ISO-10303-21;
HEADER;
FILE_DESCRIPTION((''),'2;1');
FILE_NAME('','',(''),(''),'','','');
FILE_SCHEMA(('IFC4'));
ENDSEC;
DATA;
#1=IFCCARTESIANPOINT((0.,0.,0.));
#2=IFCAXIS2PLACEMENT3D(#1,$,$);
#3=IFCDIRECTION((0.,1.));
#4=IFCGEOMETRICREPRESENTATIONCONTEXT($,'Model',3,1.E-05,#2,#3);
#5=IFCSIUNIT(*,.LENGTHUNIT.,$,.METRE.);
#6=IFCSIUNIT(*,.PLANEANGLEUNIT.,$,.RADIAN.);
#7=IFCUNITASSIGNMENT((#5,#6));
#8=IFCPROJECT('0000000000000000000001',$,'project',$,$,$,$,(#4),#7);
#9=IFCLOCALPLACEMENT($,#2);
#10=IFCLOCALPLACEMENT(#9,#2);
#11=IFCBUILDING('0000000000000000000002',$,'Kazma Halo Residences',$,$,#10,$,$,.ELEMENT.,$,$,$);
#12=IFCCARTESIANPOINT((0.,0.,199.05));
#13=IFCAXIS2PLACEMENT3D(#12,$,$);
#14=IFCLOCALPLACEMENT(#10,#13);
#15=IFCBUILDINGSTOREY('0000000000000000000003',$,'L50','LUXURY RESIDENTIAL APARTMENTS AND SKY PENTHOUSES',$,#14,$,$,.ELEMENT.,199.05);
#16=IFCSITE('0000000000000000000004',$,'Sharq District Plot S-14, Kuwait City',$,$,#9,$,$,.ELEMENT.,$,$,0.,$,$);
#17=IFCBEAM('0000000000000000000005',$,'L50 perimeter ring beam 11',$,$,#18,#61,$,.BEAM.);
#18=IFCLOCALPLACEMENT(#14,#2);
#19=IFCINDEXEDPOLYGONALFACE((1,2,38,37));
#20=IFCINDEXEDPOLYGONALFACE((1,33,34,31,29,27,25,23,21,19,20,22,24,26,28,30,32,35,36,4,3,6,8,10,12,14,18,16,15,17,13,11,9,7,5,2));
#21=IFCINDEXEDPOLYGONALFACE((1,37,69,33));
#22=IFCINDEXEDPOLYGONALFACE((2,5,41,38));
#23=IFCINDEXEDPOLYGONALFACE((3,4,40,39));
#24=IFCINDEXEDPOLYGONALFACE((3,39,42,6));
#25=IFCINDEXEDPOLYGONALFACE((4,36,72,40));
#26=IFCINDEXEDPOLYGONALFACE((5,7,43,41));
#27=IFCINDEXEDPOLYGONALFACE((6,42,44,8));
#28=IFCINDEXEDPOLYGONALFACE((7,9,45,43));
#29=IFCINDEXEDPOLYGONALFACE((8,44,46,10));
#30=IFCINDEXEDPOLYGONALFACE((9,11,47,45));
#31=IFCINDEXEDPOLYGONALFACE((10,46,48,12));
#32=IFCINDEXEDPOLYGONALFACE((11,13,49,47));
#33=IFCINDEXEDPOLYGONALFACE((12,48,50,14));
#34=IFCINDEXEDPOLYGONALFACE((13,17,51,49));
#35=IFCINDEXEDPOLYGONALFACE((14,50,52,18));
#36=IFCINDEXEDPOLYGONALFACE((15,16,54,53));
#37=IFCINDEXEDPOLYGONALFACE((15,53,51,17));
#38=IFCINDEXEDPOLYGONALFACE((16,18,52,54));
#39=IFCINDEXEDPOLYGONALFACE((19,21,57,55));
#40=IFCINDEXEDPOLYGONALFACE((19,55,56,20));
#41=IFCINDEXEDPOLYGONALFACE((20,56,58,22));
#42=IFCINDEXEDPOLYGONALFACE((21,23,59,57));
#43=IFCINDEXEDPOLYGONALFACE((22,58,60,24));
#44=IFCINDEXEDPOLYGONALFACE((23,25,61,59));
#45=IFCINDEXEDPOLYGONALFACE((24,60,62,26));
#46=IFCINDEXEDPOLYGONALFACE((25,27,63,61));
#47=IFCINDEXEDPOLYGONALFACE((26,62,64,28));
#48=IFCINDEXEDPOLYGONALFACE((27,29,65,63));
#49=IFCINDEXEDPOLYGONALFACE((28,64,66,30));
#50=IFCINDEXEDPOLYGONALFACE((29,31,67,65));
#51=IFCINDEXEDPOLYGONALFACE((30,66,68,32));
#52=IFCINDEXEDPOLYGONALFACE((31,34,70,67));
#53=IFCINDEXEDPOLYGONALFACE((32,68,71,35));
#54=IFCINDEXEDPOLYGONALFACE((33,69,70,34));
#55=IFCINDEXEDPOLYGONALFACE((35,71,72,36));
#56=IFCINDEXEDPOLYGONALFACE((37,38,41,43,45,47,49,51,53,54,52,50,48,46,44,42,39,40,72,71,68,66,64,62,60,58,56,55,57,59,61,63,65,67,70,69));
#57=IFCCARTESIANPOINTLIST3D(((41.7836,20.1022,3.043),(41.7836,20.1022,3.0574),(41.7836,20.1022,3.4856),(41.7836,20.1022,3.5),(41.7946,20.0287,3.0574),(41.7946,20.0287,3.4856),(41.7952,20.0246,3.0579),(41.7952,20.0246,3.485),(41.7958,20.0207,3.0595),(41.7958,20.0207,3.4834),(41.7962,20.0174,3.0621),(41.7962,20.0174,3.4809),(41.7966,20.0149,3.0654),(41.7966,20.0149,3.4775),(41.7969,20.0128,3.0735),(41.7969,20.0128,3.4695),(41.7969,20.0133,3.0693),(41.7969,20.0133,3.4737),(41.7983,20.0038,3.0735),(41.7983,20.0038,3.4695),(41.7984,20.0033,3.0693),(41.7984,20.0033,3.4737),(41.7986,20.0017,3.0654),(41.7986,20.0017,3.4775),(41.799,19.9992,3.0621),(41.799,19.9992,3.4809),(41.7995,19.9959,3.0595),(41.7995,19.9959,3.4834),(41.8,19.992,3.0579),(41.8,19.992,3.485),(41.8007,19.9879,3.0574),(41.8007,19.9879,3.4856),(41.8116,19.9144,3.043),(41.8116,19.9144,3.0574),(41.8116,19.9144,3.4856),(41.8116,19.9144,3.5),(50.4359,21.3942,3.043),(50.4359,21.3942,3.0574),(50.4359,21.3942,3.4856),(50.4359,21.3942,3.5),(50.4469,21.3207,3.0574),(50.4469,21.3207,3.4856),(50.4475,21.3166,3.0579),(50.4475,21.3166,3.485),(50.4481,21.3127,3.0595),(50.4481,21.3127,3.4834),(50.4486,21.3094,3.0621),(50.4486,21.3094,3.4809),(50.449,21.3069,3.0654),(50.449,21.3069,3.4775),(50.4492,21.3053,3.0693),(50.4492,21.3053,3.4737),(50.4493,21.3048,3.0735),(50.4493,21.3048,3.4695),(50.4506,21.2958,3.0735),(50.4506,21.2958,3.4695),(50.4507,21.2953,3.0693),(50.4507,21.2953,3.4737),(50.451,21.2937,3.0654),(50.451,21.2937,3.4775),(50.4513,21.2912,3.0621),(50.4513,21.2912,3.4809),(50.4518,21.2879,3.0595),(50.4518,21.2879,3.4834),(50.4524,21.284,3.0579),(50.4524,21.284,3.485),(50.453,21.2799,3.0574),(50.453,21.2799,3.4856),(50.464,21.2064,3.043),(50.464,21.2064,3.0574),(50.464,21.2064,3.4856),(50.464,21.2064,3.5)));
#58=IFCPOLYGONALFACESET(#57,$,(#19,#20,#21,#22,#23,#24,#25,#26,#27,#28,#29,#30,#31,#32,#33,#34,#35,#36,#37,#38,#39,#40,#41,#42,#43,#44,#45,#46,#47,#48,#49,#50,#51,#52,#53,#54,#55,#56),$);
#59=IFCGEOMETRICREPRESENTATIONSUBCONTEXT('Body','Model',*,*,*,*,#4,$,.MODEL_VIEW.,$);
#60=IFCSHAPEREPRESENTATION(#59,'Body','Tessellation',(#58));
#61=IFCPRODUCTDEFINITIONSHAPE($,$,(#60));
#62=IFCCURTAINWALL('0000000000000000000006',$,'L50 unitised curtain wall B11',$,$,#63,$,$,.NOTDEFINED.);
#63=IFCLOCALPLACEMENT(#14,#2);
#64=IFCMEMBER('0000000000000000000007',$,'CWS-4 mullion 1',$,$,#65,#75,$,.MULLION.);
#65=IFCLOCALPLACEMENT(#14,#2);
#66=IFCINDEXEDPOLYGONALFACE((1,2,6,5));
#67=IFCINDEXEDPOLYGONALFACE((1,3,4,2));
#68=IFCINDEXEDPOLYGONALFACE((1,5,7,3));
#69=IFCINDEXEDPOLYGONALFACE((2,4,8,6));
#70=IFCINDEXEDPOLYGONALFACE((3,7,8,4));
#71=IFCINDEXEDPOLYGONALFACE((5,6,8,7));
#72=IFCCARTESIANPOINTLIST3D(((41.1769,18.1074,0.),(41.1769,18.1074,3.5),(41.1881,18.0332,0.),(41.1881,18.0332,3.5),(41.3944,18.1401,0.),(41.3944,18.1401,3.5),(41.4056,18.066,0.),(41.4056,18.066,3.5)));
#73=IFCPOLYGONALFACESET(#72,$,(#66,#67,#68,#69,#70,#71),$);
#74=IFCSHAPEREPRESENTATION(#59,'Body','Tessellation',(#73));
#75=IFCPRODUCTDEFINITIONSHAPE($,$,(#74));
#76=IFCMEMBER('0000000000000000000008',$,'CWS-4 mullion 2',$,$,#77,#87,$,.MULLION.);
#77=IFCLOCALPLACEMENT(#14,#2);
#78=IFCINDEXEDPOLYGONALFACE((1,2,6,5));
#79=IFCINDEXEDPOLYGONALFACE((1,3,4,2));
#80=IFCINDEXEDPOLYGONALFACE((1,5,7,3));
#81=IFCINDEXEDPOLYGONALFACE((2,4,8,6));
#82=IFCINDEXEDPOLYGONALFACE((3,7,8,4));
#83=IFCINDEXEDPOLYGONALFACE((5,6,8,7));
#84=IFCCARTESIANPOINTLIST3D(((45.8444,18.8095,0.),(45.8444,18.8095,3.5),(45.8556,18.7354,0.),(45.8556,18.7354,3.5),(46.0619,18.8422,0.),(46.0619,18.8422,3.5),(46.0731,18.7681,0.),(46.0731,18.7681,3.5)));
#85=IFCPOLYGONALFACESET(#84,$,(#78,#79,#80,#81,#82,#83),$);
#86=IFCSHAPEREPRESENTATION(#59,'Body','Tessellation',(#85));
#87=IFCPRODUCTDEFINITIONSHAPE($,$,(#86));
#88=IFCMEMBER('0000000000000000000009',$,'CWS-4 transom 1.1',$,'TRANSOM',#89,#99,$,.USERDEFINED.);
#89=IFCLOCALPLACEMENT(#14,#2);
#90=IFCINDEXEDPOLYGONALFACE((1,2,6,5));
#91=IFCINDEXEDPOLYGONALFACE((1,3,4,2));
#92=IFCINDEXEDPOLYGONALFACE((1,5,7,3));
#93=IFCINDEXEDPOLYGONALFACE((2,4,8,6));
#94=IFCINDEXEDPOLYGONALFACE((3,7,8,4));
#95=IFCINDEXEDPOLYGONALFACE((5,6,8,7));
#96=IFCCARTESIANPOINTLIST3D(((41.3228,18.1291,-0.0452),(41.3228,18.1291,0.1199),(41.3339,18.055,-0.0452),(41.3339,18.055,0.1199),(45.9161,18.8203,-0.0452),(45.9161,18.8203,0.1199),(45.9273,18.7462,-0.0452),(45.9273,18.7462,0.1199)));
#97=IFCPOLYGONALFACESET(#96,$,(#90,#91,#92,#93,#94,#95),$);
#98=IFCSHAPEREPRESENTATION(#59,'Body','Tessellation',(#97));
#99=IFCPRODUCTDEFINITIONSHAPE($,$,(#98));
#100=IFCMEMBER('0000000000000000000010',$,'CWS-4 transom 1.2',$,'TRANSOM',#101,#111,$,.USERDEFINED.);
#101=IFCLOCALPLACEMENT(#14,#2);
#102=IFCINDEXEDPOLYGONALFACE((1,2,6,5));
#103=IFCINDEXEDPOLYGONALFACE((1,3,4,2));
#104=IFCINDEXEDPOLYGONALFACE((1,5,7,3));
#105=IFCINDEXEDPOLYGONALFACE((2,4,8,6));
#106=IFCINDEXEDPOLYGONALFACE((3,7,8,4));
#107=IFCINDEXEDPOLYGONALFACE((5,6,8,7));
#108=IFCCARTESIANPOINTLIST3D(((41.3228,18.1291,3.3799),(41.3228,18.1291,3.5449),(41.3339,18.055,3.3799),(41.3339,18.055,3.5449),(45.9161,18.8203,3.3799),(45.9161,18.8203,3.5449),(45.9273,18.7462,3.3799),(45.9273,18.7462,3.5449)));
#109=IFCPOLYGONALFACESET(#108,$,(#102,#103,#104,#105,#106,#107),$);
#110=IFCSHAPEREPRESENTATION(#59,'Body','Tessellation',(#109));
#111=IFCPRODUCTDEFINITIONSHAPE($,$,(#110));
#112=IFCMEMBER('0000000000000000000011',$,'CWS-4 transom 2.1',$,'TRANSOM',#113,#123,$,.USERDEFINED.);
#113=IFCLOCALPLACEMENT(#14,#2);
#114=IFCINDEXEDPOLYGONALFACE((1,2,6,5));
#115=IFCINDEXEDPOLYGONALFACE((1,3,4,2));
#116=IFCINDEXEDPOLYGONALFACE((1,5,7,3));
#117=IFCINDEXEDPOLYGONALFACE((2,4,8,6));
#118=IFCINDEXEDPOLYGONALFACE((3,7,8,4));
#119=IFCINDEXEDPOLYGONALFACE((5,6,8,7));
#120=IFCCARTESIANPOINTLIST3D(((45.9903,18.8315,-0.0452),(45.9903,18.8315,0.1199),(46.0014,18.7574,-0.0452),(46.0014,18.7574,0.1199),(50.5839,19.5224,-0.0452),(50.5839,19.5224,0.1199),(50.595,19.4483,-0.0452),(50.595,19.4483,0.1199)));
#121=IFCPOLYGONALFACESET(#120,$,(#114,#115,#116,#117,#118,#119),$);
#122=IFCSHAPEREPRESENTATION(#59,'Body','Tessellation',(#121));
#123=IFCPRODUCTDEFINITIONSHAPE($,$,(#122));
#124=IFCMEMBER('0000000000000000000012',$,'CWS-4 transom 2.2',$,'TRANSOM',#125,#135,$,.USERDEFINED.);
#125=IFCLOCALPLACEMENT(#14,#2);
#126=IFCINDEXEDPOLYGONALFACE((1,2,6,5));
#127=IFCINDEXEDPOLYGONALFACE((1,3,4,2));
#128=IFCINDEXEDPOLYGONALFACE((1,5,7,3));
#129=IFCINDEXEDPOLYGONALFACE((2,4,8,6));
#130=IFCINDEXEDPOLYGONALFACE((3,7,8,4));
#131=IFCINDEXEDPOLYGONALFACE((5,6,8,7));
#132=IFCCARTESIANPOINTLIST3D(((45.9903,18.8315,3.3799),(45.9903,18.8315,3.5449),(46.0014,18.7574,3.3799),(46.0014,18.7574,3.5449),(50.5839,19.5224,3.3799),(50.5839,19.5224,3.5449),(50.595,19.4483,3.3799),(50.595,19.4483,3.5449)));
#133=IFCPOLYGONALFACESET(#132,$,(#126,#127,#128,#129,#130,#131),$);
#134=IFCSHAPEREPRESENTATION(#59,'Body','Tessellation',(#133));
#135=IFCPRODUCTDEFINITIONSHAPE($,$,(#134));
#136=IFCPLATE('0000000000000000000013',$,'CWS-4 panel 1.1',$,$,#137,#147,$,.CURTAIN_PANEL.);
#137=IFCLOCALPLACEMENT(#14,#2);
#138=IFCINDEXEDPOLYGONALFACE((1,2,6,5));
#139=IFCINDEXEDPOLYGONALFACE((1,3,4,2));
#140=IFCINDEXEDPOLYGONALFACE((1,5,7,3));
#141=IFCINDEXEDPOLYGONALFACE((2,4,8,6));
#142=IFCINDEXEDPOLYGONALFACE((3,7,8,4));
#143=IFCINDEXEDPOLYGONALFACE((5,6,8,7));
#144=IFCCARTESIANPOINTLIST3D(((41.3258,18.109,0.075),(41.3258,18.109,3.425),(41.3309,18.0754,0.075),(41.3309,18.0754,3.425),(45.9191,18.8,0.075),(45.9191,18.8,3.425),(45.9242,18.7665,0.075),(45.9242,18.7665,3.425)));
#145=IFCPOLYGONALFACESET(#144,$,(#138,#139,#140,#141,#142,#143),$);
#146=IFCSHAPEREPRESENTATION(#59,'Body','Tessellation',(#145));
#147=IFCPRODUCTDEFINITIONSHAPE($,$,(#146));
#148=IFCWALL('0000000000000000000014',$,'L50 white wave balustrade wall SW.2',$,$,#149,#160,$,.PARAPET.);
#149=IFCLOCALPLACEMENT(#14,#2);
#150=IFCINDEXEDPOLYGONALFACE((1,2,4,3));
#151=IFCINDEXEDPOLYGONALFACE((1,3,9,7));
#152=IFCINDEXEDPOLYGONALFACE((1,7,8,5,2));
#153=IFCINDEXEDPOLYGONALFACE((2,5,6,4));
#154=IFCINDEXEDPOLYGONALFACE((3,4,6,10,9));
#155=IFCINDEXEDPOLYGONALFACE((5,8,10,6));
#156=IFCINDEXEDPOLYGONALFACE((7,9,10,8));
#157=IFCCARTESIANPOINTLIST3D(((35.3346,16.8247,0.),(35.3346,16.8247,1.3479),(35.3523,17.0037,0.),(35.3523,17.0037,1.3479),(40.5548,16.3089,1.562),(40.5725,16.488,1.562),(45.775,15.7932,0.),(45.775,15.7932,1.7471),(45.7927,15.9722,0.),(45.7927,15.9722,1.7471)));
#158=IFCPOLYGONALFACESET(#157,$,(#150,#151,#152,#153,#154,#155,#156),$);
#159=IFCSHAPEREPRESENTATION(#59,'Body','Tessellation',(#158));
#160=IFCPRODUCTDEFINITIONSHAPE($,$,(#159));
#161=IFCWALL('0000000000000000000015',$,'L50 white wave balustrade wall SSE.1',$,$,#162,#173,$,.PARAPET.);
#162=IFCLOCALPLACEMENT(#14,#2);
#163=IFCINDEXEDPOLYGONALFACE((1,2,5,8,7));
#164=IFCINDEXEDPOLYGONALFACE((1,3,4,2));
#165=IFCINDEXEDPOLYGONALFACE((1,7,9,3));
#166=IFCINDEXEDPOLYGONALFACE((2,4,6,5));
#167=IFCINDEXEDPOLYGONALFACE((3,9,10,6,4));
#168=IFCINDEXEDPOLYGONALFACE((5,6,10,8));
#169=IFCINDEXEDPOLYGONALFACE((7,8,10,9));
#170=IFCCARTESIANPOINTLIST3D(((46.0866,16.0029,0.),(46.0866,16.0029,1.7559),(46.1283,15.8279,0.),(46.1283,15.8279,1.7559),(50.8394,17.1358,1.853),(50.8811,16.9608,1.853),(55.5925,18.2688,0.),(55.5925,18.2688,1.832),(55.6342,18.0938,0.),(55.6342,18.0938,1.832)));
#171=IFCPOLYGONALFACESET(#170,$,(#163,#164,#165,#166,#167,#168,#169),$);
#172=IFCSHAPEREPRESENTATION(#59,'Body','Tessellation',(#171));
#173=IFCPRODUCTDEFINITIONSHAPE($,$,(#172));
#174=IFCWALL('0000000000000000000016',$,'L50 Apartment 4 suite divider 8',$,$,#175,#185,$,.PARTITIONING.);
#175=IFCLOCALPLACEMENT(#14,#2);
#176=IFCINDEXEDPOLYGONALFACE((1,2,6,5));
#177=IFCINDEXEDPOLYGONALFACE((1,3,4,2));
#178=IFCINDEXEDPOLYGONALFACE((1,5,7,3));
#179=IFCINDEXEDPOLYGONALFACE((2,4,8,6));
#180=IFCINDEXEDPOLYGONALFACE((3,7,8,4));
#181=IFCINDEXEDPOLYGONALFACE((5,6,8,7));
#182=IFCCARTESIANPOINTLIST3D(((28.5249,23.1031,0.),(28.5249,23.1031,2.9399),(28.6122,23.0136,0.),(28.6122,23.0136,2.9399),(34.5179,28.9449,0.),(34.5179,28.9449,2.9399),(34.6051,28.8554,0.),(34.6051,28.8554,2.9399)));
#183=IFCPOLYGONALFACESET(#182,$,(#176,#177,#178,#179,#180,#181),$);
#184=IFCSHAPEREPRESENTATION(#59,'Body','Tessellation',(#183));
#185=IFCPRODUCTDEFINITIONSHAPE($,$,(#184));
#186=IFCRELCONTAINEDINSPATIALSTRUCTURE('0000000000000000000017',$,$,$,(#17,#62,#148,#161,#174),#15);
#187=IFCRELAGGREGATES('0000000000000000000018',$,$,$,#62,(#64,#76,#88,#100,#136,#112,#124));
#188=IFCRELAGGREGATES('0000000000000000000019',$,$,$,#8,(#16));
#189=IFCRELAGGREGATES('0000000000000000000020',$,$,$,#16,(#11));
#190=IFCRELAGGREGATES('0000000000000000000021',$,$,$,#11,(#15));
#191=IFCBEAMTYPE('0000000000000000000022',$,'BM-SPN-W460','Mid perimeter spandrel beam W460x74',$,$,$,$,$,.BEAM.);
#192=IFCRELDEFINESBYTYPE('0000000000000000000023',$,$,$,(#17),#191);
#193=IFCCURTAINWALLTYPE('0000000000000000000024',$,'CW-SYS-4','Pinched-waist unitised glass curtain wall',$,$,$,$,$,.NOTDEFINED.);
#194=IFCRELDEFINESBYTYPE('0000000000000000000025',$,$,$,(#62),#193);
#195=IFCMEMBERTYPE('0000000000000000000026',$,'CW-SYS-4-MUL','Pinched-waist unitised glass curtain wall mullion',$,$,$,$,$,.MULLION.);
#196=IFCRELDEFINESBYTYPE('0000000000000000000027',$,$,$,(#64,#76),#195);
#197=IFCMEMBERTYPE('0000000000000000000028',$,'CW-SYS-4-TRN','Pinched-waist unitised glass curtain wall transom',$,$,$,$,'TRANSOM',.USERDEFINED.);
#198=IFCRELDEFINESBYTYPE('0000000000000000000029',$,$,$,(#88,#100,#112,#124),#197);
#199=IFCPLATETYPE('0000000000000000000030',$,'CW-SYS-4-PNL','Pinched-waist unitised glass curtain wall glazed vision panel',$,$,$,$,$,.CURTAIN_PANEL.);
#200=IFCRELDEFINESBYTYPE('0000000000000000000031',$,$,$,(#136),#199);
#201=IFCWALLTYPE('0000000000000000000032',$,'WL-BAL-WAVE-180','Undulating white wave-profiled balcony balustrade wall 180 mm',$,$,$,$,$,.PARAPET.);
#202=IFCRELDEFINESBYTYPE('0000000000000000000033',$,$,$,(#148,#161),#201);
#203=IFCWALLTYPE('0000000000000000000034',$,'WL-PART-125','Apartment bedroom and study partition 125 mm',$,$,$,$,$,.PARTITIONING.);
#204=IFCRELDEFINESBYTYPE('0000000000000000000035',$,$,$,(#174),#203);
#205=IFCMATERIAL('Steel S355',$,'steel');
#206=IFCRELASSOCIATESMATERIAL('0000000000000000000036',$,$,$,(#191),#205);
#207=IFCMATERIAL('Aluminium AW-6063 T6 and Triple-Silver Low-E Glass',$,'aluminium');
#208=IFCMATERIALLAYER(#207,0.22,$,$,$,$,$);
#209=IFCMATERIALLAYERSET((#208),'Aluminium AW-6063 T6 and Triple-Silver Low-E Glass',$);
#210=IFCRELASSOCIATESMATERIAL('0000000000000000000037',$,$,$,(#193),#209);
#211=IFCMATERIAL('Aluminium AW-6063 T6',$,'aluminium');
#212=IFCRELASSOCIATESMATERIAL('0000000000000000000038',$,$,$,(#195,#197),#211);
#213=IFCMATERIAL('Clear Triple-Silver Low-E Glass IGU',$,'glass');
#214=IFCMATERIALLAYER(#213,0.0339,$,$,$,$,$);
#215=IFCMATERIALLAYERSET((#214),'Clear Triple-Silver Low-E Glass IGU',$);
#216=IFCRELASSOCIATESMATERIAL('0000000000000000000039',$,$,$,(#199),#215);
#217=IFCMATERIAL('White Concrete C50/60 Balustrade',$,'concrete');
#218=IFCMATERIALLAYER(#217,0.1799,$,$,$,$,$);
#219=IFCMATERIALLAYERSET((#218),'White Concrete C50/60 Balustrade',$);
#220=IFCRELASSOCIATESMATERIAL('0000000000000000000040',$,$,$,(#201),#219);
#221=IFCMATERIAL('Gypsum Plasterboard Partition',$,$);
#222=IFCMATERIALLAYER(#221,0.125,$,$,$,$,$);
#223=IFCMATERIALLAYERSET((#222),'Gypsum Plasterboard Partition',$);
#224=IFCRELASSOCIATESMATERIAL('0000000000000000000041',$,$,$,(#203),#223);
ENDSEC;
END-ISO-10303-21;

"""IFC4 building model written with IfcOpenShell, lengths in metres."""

from ifc_helpers import new_model, si_unit, direction, frame, frame_2d, origin, origin_2d, place, context, subcontext, project, spatial, polyline, rectangle, i_section, outline, extrude, material, layer, layer_set, material_profile, profile_set, type_object, element, aggregate, save


model = new_model("IFC4")

# Units and contexts
model_context = context("Model", 3, precision=1e-05, world=origin(), true_north=direction((0.0, 1.0)))
body_context = subcontext(model_context, "Body", "Model", "MODEL_VIEW")
ifc_project = project(units=[si_unit("LENGTHUNIT", "METRE"), si_unit("PLANEANGLEUNIT", "RADIAN")], contexts=[model_context])

# Site, building, storey
site_placement = place(None, origin())
site = spatial("IfcSite", under=ifc_project, at=site_placement, Name="Sharq District Plot S-14, Kuwait City", CompositionType="ELEMENT", RefElevation=0.0)
building_placement = place(site_placement, origin())
building = spatial("IfcBuilding", under=site, at=building_placement, Name="Kazma Halo Residences", CompositionType="ELEMENT")
storey_placement = place(building_placement, frame((0.0, 0.0, 199.05)))
storey = spatial("IfcBuildingStorey", under=building, at=storey_placement, Name="L50", Description="LUXURY RESIDENTIAL APARTMENTS AND SKY PENTHOUSES", CompositionType="ELEMENT", Elevation=199.05)

# Beam
ifc_material_1 = material(Name="Steel S355", Category="steel")
ifc_material_profile_1 = material_profile(ifc_material_1, i_section(OverallWidth=0.1899, OverallDepth=0.457, WebThickness=0.009, FlangeThickness=0.0144, FilletRadius=0.0161, at=origin_2d()), Name="W460x74")
ifc_profile_set_1 = profile_set([ifc_material_profile_1], Name="Steel S355")
beam_type_1 = type_object("IfcBeamType", Name="BM-SPN-W460", Description="Mid perimeter spandrel beam W460x74", PredefinedType="BEAM", material=ifc_profile_set_1)
beam_1_placement = place(storey_placement, frame((41.7976, 20.0083, 3.2715), z_axis=(0.989034, 0.147685, 0.0), x_axis=(-0.147685, 0.989034, 0.0)))
element("IfcBeam", 1, at=beam_1_placement, inside=storey, type_object=beam_type_1, Name="L50 perimeter ring beam 11", PredefinedType="BEAM", context=body_context, shape_type="SweptSolid", body=[
    extrude(i_section(OverallWidth=0.1899, OverallDepth=0.457, WebThickness=0.009, FlangeThickness=0.0144, FilletRadius=0.0161, at=origin_2d()), origin(), (0.0, 0.0, 1.0), 8.7483),
])

# Curtain wall, members, plate
ifc_material_2 = material(Name="Aluminium AW-6063 T6 and Triple-Silver Low-E Glass", Category="aluminium")
ifc_layer_1 = layer(ifc_material_2, 0.22)
ifc_layer_set_1 = layer_set([ifc_layer_1], Name="Aluminium AW-6063 T6 and Triple-Silver Low-E Glass")
curtain_wall_type = type_object("IfcCurtainWallType", Name="CW-SYS-4", Description="Pinched-waist unitised glass curtain wall", PredefinedType="NOTDEFINED", material=ifc_layer_set_1)
curtain_wall_placement = place(storey_placement, origin())
curtain_wall = element("IfcCurtainWall", 2, at=curtain_wall_placement, inside=storey, type_object=curtain_wall_type, Name="L50 unitised curtain wall B11", PredefinedType="NOTDEFINED")
ifc_material_3 = material(Name="Aluminium AW-6063 T6", Category="aluminium")
ifc_material_profile_2 = material_profile(ifc_material_3, rectangle(XDim=0.075, YDim=0.22, at=origin_2d()), Name="CWM-75x220")
ifc_profile_set_2 = profile_set([ifc_material_profile_2], Name="Aluminium AW-6063 T6")
member_type_1 = type_object("IfcMemberType", Name="CW-SYS-4-MUL", Description="Pinched-waist unitised glass curtain wall mullion", PredefinedType="MULLION", material=ifc_profile_set_2)
member_1_placement = place(storey_placement, frame((41.2913, 18.0867, 0.0), z_axis=(0.0, 0.0, 1.0), x_axis=(-0.148773, 0.988871, 0.0)))
member_1 = element("IfcMember", 3, at=member_1_placement, type_object=member_type_1, Name="CWS-4 mullion 1", PredefinedType="MULLION", context=body_context, shape_type="SweptSolid", body=[
    extrude(rectangle(XDim=0.075, YDim=0.22, at=origin_2d()), origin(), (0.0, 0.0, 1.0), 3.5),
])
member_2_placement = place(storey_placement, frame((45.9587, 18.7888, 0.0), z_axis=(0.0, 0.0, 1.0), x_axis=(-0.148773, 0.988871, 0.0)))
member_2 = element("IfcMember", 4, at=member_2_placement, type_object=member_type_1, Name="CWS-4 mullion 2", PredefinedType="MULLION", context=body_context, shape_type="SweptSolid", body=[
    extrude(rectangle(XDim=0.075, YDim=0.22, at=origin_2d()), origin(), (0.0, 0.0, 1.0), 3.5),
])
ifc_material_profile_3 = material_profile(ifc_material_3, rectangle(XDim=0.075, YDim=0.165, at=origin_2d()), Name="CWT-75x165")
ifc_profile_set_3 = profile_set([ifc_material_profile_3], Name="Aluminium AW-6063 T6")
member_type_2 = type_object("IfcMemberType", Name="CW-SYS-4-TRN", Description="Pinched-waist unitised glass curtain wall transom", ElementType="TRANSOM", PredefinedType="USERDEFINED", material=ifc_profile_set_3)
member_3_placement = place(storey_placement, frame((41.3284, 18.092, 0.0374), z_axis=(0.988868, 0.148798, 0.0), x_axis=(-0.148798, 0.988868, 0.0)))
member_3 = element("IfcMember", 5, at=member_3_placement, type_object=member_type_2, Name="CWS-4 transom 1.1", ObjectType="TRANSOM", PredefinedType="USERDEFINED", context=body_context, shape_type="SweptSolid", body=[
    extrude(rectangle(XDim=0.075, YDim=0.165, at=origin_2d()), origin(), (0.0, 0.0, 1.0), 4.645),
])
member_4_placement = place(storey_placement, frame((41.3284, 18.092, 3.4624), z_axis=(0.988868, 0.148798, 0.0), x_axis=(-0.148798, 0.988868, 0.0)))
member_4 = element("IfcMember", 6, at=member_4_placement, type_object=member_type_2, Name="CWS-4 transom 1.2", ObjectType="TRANSOM", PredefinedType="USERDEFINED", context=body_context, shape_type="SweptSolid", body=[
    extrude(rectangle(XDim=0.075, YDim=0.165, at=origin_2d()), origin(), (0.0, 0.0, 1.0), 4.645),
])
member_5_placement = place(storey_placement, frame((45.9958, 18.7944, 0.0374), z_axis=(0.988877, 0.148739, 0.0), x_axis=(-0.148739, 0.988877, 0.0)))
member_5 = element("IfcMember", 7, at=member_5_placement, type_object=member_type_2, Name="CWS-4 transom 2.1", ObjectType="TRANSOM", PredefinedType="USERDEFINED", context=body_context, shape_type="SweptSolid", body=[
    extrude(rectangle(XDim=0.075, YDim=0.165, at=origin_2d()), origin(), (0.0, 0.0, 1.0), 4.6453),
])
member_6_placement = place(storey_placement, frame((45.9958, 18.7944, 3.4624), z_axis=(0.988877, 0.148739, 0.0), x_axis=(-0.148739, 0.988877, 0.0)))
member_6 = element("IfcMember", 8, at=member_6_placement, type_object=member_type_2, Name="CWS-4 transom 2.2", ObjectType="TRANSOM", PredefinedType="USERDEFINED", context=body_context, shape_type="SweptSolid", body=[
    extrude(rectangle(XDim=0.075, YDim=0.165, at=origin_2d()), origin(), (0.0, 0.0, 1.0), 4.6453),
])
ifc_material_4 = material(Name="Clear Triple-Silver Low-E Glass IGU", Category="glass")
ifc_layer_2 = layer(ifc_material_4, 0.0339)
ifc_layer_set_2 = layer_set([ifc_layer_2], Name="Clear Triple-Silver Low-E Glass IGU")
plate_type = type_object("IfcPlateType", Name="CW-SYS-4-PNL", Description="Pinched-waist unitised glass curtain wall glazed vision panel", PredefinedType="CURTAIN_PANEL", material=ifc_layer_set_2)
plate_placement = place(storey_placement, frame((43.625, 18.4377, 0.075), z_axis=(0.0, 0.0, 1.0), x_axis=(0.988871, 0.148773, 0.0)))
plate = element("IfcPlate", 9, at=plate_placement, type_object=plate_type, Name="CWS-4 panel 1.1", PredefinedType="CURTAIN_PANEL", context=body_context, shape_type="SweptSolid", body=[
    extrude(rectangle(XDim=4.645, YDim=0.0339, at=origin_2d()), origin(), (0.0, 0.0, 1.0), 3.3501),
])
aggregate(curtain_wall, [member_1, member_2, member_3, member_4, plate, member_5, member_6])

# Walls
ifc_material_5 = material(Name="White Concrete C50/60 Balustrade", Category="concrete")
ifc_layer_3 = layer(ifc_material_5, 0.1799)
ifc_layer_set_3 = layer_set([ifc_layer_3], Name="White Concrete C50/60 Balustrade")
wall_type_1 = type_object("IfcWallType", Name="WL-BAL-WAVE-180", Description="Undulating white wave-profiled balcony balustrade wall 180 mm", PredefinedType="PARAPET", material=ifc_layer_set_3)
wall_1_placement = place(storey_placement, frame((35.3435, 16.9143, 0.0), z_axis=(0.0, 0.0, 1.0), x_axis=(0.995155, -0.098319, 0.0)))
element("IfcWall", 10, at=wall_1_placement, inside=storey, type_object=wall_type_1, Name="L50 white wave balustrade wall SW.2", PredefinedType="PARAPET", context=body_context, shape_type="SweptSolid", body=[
    extrude(outline(polyline([(0.0, 0.0), (10.4912, 0.0), (10.4912, 1.7471), (5.2456, 1.562), (0.0, 1.3479), (0.0, 0.0)])), frame((0.0, 0.0898, 0.0), z_axis=(0.0, -1.0, 0.0), x_axis=(1.0, 0.0, 0.0)), (0.0, 0.0, 1.0), 0.1799),
])
wall_2_placement = place(storey_placement, frame((46.1074, 15.9155, 0.0), z_axis=(0.0, 0.0, 1.0), x_axis=(0.972747, 0.231869, 0.0)))
element("IfcWall", 11, at=wall_2_placement, inside=storey, type_object=wall_type_1, Name="L50 white wave balustrade wall SSE.1", PredefinedType="PARAPET", context=body_context, shape_type="SweptSolid", body=[
    extrude(outline(polyline([(0.0, 0.0), (9.7722, 0.0), (9.7722, 1.832), (4.886, 1.853), (0.0, 1.7559), (0.0, 0.0)])), frame((0.0, 0.0898, 0.0), z_axis=(0.0, -1.0, 0.0), x_axis=(1.0, 0.0, 0.0)), (0.0, 0.0, 1.0), 0.1799),
])
ifc_material_6 = material(Name="Gypsum Plasterboard Partition")
ifc_layer_4 = layer(ifc_material_6, 0.125)
ifc_layer_set_4 = layer_set([ifc_layer_4], Name="Gypsum Plasterboard Partition")
wall_type_2 = type_object("IfcWallType", Name="WL-PART-125", Description="Apartment bedroom and study partition 125 mm", PredefinedType="PARTITIONING", material=ifc_layer_set_4)
wall_3_placement = place(storey_placement, frame((34.5615, 28.9001, 0.0), z_axis=(0.0, 0.0, 1.0), x_axis=(-0.716078, -0.69802, 0.0)))
element("IfcWall", 12, at=wall_3_placement, inside=storey, type_object=wall_type_2, Name="L50 Apartment 4 suite divider 8", PredefinedType="PARTITIONING", context=body_context, shape_type="SweptSolid", body=[
    extrude(rectangle(XDim=8.3691, YDim=0.125, at=frame_2d((4.1846, 0.0))), origin(), (0.0, 0.0, 1.0), 2.9399),
])

save(model, "model.ifc")
